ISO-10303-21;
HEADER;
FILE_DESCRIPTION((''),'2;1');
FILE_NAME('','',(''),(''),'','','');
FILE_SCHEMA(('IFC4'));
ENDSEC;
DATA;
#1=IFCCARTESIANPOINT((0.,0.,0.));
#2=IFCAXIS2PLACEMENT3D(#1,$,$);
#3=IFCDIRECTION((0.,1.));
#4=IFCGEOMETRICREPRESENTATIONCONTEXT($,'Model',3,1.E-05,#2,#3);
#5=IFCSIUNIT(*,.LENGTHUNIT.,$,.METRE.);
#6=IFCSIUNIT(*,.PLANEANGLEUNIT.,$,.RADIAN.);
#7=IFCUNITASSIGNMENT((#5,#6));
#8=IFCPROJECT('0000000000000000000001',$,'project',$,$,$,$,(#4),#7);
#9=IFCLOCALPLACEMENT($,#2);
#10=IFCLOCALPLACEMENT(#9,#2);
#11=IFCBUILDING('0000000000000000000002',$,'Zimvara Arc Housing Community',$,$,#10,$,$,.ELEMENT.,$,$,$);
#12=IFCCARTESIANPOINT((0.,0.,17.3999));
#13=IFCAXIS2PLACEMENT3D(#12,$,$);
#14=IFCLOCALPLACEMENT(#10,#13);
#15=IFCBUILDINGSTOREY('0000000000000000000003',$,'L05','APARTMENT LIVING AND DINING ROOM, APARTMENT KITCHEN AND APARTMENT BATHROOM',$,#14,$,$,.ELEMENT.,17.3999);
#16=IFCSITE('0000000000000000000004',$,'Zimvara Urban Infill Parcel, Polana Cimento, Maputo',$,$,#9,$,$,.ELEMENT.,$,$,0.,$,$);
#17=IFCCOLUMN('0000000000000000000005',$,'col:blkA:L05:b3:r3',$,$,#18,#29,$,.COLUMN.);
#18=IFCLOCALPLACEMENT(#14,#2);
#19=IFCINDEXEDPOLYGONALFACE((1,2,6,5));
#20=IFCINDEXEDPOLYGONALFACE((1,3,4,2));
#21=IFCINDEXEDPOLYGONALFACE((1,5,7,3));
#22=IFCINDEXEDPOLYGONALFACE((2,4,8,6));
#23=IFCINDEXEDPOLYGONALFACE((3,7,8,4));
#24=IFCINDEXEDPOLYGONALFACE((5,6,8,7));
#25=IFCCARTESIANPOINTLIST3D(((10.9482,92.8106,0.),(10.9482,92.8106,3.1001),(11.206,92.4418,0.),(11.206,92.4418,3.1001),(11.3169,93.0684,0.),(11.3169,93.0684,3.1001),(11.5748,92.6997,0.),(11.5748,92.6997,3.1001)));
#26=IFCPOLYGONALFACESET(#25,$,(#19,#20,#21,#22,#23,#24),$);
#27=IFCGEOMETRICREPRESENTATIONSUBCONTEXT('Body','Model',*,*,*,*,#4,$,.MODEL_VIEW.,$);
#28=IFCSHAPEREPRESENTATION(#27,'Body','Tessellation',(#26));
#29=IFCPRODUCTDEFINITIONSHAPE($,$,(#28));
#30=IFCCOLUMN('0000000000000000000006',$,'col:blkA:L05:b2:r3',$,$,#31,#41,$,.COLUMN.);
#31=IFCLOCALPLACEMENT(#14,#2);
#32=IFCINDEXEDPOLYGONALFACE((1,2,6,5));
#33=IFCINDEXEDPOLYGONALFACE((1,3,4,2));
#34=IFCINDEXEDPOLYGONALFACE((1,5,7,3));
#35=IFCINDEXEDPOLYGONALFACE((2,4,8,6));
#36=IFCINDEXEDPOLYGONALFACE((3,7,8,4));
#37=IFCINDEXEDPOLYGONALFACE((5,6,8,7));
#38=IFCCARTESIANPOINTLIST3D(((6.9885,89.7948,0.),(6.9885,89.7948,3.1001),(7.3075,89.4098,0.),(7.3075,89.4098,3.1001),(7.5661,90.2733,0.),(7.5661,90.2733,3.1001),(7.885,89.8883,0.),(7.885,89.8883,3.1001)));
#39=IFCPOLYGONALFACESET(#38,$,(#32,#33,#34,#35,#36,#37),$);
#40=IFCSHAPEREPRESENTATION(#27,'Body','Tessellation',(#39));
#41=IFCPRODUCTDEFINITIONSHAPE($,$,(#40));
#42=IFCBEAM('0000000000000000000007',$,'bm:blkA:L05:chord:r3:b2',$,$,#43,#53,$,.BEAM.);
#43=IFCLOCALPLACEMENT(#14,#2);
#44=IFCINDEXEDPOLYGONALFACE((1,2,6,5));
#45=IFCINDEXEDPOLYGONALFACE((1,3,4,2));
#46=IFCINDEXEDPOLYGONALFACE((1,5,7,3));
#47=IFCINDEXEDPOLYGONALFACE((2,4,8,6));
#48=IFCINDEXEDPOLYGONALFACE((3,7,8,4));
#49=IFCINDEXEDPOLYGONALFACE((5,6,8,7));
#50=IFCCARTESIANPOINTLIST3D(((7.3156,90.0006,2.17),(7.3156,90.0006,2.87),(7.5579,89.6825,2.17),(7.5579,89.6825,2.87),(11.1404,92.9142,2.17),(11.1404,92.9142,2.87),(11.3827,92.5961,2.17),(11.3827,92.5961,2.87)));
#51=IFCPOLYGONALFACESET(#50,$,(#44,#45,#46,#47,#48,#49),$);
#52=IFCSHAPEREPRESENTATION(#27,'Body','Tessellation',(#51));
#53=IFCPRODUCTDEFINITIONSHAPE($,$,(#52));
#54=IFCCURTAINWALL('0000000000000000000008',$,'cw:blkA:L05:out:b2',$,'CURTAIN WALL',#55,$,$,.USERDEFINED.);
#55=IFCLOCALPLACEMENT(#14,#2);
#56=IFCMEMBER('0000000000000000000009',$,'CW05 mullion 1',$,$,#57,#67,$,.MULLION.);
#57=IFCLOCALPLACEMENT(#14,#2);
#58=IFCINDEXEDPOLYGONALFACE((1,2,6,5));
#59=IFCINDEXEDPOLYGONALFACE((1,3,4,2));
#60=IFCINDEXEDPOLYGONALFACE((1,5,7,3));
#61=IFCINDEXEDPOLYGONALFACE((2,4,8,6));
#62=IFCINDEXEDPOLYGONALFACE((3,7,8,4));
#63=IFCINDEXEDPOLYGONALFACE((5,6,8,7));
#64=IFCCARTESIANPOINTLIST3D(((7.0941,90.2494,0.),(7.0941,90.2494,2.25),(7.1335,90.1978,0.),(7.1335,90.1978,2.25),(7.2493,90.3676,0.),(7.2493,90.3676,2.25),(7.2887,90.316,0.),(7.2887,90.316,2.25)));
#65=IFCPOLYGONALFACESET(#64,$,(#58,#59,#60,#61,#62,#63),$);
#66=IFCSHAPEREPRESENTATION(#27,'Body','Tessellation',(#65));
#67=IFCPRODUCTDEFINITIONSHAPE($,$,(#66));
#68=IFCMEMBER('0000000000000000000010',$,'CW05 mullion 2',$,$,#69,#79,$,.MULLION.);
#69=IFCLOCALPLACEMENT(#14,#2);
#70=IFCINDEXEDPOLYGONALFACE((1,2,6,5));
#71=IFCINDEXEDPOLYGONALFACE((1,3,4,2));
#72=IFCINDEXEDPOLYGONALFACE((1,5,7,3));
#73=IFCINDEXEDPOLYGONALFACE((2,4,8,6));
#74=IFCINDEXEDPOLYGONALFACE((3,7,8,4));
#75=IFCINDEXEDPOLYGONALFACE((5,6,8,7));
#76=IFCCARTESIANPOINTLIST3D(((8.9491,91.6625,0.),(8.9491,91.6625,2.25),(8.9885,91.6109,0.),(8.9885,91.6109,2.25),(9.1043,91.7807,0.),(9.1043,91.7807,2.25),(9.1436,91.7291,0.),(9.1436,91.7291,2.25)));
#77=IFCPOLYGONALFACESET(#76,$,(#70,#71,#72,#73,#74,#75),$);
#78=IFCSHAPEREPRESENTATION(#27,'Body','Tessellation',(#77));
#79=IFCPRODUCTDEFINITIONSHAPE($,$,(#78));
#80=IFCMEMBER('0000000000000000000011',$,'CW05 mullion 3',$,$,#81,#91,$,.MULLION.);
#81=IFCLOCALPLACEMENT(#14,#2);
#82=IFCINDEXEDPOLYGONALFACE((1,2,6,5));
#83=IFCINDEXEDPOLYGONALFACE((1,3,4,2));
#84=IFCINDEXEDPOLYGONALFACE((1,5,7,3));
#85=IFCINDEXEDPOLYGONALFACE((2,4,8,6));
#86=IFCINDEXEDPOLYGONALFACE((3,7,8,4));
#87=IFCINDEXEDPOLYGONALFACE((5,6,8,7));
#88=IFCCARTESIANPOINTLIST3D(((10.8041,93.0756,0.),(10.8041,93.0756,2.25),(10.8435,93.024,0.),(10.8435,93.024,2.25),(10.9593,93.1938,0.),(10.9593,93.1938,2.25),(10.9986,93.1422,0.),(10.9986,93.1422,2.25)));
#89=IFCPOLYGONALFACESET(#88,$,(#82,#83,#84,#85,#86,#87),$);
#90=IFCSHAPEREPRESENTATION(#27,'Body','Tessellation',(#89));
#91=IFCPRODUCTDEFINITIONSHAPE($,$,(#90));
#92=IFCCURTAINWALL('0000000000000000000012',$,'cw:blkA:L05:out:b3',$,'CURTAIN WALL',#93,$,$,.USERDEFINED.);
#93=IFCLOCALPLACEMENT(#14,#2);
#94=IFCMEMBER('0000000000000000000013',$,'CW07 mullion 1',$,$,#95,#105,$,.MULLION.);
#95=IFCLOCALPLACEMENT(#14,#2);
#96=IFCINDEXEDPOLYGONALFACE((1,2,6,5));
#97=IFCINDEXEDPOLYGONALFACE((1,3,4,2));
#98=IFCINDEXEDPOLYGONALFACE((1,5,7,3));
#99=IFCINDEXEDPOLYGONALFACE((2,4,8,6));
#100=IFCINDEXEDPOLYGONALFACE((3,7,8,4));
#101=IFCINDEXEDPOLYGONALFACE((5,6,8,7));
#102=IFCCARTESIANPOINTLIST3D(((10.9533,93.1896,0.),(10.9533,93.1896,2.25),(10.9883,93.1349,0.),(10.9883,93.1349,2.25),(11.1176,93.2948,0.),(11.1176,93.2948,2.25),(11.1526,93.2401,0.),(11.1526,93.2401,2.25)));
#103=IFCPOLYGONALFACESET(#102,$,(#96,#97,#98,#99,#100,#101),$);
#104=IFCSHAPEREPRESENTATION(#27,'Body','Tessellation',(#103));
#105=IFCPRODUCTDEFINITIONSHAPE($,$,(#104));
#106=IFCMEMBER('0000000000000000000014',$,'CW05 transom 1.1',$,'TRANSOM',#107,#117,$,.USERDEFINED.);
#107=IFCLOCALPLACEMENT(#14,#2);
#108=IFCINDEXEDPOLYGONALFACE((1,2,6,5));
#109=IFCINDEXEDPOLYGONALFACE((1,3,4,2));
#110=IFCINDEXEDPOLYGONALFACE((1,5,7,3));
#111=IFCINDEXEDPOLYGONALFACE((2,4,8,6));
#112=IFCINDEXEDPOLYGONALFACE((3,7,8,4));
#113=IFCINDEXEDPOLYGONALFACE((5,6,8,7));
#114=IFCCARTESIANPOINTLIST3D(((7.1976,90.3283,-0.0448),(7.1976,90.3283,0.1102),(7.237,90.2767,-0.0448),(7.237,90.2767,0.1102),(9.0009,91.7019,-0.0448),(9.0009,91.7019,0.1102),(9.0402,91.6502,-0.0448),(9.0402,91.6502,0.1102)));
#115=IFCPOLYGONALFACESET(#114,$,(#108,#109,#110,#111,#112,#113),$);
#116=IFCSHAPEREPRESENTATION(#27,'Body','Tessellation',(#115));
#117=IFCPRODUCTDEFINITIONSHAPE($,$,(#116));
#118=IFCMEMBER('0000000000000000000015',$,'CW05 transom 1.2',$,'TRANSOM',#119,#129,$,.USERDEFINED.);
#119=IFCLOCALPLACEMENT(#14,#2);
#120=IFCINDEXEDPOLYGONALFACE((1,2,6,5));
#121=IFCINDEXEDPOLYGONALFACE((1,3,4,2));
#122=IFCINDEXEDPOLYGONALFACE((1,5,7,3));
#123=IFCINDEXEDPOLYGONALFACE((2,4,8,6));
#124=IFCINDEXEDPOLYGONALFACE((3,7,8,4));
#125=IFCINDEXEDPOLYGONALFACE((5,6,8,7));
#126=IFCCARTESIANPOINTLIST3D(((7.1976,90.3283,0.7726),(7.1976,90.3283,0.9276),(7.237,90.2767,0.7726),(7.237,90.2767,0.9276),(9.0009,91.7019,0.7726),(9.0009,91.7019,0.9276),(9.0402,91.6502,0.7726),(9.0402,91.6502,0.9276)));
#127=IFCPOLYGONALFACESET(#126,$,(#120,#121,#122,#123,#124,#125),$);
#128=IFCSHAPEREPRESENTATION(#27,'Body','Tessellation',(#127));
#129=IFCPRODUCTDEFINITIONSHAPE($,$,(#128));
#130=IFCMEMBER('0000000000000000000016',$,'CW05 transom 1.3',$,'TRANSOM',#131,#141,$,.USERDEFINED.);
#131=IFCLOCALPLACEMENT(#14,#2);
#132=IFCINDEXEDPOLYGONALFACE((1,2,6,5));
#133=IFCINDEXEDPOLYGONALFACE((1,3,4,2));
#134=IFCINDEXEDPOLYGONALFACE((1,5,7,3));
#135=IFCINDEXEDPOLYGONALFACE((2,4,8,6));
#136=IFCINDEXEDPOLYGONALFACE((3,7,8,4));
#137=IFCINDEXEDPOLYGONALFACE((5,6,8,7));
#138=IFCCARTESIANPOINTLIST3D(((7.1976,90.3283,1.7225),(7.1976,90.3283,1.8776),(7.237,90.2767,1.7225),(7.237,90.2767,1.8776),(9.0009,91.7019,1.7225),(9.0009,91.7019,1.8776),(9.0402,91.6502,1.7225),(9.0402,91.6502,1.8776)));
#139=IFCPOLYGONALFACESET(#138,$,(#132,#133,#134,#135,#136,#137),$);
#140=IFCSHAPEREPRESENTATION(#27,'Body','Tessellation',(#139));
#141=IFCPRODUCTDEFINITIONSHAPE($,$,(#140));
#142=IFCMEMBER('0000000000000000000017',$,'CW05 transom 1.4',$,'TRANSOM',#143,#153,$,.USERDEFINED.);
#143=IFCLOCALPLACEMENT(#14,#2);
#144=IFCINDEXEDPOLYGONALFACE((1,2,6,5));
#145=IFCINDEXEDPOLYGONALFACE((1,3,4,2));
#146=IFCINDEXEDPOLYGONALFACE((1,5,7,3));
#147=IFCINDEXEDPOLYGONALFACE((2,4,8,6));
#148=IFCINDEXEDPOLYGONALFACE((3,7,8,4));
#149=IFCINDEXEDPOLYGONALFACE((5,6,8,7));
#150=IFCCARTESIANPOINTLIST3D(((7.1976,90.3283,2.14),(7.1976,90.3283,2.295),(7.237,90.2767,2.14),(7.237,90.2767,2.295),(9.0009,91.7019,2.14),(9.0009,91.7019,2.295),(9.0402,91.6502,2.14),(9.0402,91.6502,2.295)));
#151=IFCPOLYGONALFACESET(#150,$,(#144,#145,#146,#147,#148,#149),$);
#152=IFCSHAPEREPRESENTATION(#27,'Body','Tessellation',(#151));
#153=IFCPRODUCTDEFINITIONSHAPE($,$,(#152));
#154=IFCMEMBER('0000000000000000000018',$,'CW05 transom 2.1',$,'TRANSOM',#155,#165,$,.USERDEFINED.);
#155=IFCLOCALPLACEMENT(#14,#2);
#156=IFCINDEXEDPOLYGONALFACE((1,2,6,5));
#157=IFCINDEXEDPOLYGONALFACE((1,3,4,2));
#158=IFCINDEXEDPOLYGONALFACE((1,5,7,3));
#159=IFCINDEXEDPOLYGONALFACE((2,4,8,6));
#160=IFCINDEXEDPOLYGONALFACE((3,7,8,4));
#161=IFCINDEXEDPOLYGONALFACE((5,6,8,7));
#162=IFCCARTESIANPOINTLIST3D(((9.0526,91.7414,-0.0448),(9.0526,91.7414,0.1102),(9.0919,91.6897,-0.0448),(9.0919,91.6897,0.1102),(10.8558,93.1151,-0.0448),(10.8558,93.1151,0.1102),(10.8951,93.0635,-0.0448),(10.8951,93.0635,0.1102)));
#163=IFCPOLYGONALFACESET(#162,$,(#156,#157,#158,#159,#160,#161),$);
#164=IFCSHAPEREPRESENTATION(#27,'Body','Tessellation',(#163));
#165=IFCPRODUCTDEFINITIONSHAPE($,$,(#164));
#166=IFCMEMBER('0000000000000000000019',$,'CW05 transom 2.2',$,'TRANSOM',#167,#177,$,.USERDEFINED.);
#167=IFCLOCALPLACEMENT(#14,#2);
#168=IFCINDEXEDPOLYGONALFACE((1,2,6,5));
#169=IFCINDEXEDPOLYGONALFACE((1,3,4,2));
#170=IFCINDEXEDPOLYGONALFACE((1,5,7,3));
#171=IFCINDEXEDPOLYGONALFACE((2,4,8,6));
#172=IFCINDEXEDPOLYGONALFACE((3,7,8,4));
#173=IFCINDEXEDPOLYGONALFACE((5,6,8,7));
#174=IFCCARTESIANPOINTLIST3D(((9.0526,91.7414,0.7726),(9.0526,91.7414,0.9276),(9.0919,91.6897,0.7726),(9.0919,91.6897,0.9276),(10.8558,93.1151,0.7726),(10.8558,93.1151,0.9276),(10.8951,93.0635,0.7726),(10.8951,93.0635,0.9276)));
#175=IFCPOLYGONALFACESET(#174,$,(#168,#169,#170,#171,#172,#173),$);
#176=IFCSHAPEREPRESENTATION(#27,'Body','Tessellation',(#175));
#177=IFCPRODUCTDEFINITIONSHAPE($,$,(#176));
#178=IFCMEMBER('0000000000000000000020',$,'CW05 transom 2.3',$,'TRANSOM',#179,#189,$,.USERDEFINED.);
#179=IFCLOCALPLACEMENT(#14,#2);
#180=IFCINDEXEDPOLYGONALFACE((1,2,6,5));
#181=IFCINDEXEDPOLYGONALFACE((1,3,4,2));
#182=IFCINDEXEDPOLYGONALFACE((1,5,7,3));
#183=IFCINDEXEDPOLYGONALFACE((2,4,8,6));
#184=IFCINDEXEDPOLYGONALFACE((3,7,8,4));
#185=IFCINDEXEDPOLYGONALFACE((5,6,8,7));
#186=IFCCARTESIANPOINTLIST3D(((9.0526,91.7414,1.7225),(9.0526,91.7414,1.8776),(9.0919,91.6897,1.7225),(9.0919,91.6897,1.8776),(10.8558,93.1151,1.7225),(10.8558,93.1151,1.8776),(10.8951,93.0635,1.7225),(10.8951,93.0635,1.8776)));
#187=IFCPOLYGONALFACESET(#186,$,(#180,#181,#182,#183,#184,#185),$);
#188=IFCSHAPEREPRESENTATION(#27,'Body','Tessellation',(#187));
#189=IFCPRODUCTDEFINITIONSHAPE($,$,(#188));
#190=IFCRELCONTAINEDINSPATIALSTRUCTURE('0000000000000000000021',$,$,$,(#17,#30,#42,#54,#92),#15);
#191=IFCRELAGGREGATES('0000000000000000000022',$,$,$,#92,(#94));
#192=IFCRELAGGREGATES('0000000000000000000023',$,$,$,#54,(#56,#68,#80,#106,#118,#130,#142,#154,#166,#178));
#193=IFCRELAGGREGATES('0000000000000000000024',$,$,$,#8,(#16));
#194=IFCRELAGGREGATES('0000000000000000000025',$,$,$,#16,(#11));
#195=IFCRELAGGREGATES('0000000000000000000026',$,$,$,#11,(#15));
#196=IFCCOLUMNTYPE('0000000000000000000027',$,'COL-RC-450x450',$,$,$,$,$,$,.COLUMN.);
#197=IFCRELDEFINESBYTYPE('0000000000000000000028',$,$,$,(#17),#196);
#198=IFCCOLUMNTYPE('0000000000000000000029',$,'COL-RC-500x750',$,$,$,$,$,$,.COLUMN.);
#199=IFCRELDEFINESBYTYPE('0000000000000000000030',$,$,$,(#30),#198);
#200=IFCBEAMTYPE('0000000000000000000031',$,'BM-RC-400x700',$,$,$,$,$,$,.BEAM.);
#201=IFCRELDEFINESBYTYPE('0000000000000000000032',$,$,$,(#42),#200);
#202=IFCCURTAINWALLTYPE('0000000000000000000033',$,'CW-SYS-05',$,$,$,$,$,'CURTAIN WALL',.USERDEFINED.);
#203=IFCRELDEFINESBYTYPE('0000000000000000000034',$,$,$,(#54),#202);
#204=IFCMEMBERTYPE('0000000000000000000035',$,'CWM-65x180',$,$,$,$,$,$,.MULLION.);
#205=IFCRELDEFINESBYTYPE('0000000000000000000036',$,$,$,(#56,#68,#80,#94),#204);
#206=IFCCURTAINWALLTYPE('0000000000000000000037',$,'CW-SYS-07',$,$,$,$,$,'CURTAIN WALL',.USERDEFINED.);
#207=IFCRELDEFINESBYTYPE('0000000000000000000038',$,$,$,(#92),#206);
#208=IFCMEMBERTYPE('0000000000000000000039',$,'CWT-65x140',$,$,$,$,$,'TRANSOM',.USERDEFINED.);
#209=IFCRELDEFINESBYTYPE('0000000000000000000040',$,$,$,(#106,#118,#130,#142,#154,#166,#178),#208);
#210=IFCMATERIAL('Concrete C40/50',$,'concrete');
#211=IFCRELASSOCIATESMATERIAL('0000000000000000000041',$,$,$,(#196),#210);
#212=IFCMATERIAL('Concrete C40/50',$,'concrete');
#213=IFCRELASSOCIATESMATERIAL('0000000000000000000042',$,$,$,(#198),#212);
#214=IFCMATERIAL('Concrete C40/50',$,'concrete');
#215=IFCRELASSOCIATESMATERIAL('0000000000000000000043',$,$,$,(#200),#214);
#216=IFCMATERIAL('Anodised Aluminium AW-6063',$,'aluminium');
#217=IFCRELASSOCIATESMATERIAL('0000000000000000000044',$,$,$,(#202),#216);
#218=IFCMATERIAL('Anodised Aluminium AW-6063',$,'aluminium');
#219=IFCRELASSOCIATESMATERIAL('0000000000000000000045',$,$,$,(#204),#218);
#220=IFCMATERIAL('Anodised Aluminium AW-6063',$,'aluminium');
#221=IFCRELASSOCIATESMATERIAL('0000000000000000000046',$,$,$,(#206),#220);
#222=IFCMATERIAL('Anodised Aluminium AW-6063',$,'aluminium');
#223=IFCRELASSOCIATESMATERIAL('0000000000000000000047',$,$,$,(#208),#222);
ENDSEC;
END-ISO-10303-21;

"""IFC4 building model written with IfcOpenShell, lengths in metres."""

from ifc_helpers import new_model, si_unit, direction, frame, origin, origin_2d, place, context, subcontext, project, spatial, rectangle, extrude, material, material_profile, profile_set, type_object, element, aggregate, save


model = new_model("IFC4")

# Units and contexts
model_context = context("Model", 3, precision=1e-05, world=origin(), true_north=direction((0.0, 1.0)))
body_context = subcontext(model_context, "Body", "Model", "MODEL_VIEW")
ifc_project = project(units=[si_unit("LENGTHUNIT", "METRE"), si_unit("PLANEANGLEUNIT", "RADIAN")], contexts=[model_context])

# Site, building, storey
site_placement = place(None, origin())
site = spatial("IfcSite", under=ifc_project, at=site_placement, Name="Zimvara Urban Infill Parcel, Polana Cimento, Maputo", CompositionType="ELEMENT", RefElevation=0.0)
building_placement = place(site_placement, origin())
building = spatial("IfcBuilding", under=site, at=building_placement, Name="Zimvara Arc Housing Community", CompositionType="ELEMENT")
storey_placement = place(building_placement, frame((0.0, 0.0, 17.3999)))
storey = spatial("IfcBuildingStorey", under=building, at=storey_placement, Name="L05", Description="APARTMENT LIVING AND DINING ROOM, APARTMENT KITCHEN AND APARTMENT BATHROOM", CompositionType="ELEMENT", Elevation=17.3999)

# Columns
ifc_material_1 = material(Name="Concrete C40/50", Category="concrete")
ifc_material_profile_1 = material_profile(ifc_material_1, rectangle(XDim=0.45, YDim=0.45, at=origin_2d()), Name="RC 450x450")
ifc_profile_set_1 = profile_set([ifc_material_profile_1], Name="Concrete C40/50")
column_type_1 = type_object("IfcColumnType", Name="COL-RC-450x450", PredefinedType="COLUMN", material=ifc_profile_set_1)
column_1_placement = place(storey_placement, frame((11.2615, 92.7551, 0.0), z_axis=(0.0, 0.0, 1.0), x_axis=(-0.573004, 0.819552, 0.0)))
element("IfcColumn", 1, at=column_1_placement, inside=storey, type_object=column_type_1, Name="col:blkA:L05:b3:r3", PredefinedType="COLUMN", context=body_context, shape_type="SweptSolid", body=[
    extrude(rectangle(XDim=0.45, YDim=0.45, at=origin_2d()), origin(), (0.0, 0.0, 1.0), 3.1001),
])
ifc_material_2 = material(Name="Concrete C40/50", Category="concrete")
ifc_material_profile_2 = material_profile(ifc_material_2, rectangle(XDim=0.5, YDim=0.75, at=origin_2d()), Name="RC 500x750")
ifc_profile_set_2 = profile_set([ifc_material_profile_2], Name="Concrete C40/50")
column_type_2 = type_object("IfcColumnType", Name="COL-RC-500x750", PredefinedType="COLUMN", material=ifc_profile_set_2)
column_2_placement = place(storey_placement, frame((7.4368, 89.8416, 0.0), z_axis=(0.0, 0.0, 1.0), x_axis=(-0.637962, 0.770068, 0.0)))
element("IfcColumn", 2, at=column_2_placement, inside=storey, type_object=column_type_2, Name="col:blkA:L05:b2:r3", PredefinedType="COLUMN", context=body_context, shape_type="SweptSolid", body=[
    extrude(rectangle(XDim=0.5, YDim=0.75, at=origin_2d()), origin(), (0.0, 0.0, 1.0), 3.1001),
])

# Beam
ifc_material_3 = material(Name="Concrete C40/50", Category="concrete")
ifc_material_profile_3 = material_profile(ifc_material_3, rectangle(XDim=0.3999, YDim=0.7, at=origin_2d()), Name="RC 400x700")
ifc_profile_set_3 = profile_set([ifc_material_profile_3], Name="Concrete C40/50")
beam_type = type_object("IfcBeamType", Name="BM-RC-400x700", PredefinedType="BEAM", material=ifc_profile_set_3)
beam_placement = place(storey_placement, frame((7.4368, 89.8416, 2.52), z_axis=(0.795481, 0.605979, 0.0), x_axis=(-0.605979, 0.795481, 0.0)))
element("IfcBeam", 3, at=beam_placement, inside=storey, type_object=beam_type, Name="bm:blkA:L05:chord:r3:b2", PredefinedType="BEAM", context=body_context, shape_type="SweptSolid", body=[
    extrude(rectangle(XDim=0.3999, YDim=0.7, at=origin_2d()), origin(), (0.0, 0.0, 1.0), 4.8081),
])

# Curtain wall, members
ifc_material_4 = material(Name="Anodised Aluminium AW-6063", Category="aluminium")
curtain_wall_type_1 = type_object("IfcCurtainWallType", Name="CW-SYS-05", ElementType="CURTAIN WALL", PredefinedType="USERDEFINED", material=ifc_material_4)
curtain_wall_1_placement = place(storey_placement, origin())
curtain_wall_1 = element("IfcCurtainWall", 4, at=curtain_wall_1_placement, inside=storey, type_object=curtain_wall_type_1, Name="cw:blkA:L05:out:b2", ObjectType="CURTAIN WALL", PredefinedType="USERDEFINED")
ifc_material_5 = material(Name="Anodised Aluminium AW-6063", Category="aluminium")
ifc_material_profile_4 = material_profile(ifc_material_5, rectangle(XDim=0.0649, YDim=0.1951, at=origin_2d()), Name="ALU 65x195")
ifc_profile_set_4 = profile_set([ifc_material_profile_4], Name="Anodised Aluminium AW-6063")
member_type_1 = type_object("IfcMemberType", Name="CWM-65x180", PredefinedType="MULLION", material=ifc_profile_set_4)
member_1_placement = place(storey_placement, frame((7.1914, 90.2827, 0.0), z_axis=(0.0, 0.0, 1.0), x_axis=(-0.605988, 0.795474, 0.0)))
member_1 = element("IfcMember", 5, at=member_1_placement, type_object=member_type_1, Name="CW05 mullion 1", PredefinedType="MULLION", context=body_context, shape_type="SweptSolid", body=[
    extrude(rectangle(XDim=0.0649, YDim=0.1951, at=origin_2d()), origin(), (0.0, 0.0, 1.0), 2.25),
])
member_2_placement = place(storey_placement, frame((9.0464, 91.6958, 0.0), z_axis=(0.0, 0.0, 1.0), x_axis=(-0.605988, 0.795474, 0.0)))
member_2 = element("IfcMember", 6, at=member_2_placement, type_object=member_type_1, Name="CW05 mullion 2", PredefinedType="MULLION", context=body_context, shape_type="SweptSolid", body=[
    extrude(rectangle(XDim=0.0649, YDim=0.1951, at=origin_2d()), origin(), (0.0, 0.0, 1.0), 2.25),
])
member_3_placement = place(storey_placement, frame((10.9014, 93.1089, 0.0), z_axis=(0.0, 0.0, 1.0), x_axis=(-0.605988, 0.795474, 0.0)))
member_3 = element("IfcMember", 7, at=member_3_placement, type_object=member_type_1, Name="CW05 mullion 3", PredefinedType="MULLION", context=body_context, shape_type="SweptSolid", body=[
    extrude(rectangle(XDim=0.0649, YDim=0.1951, at=origin_2d()), origin(), (0.0, 0.0, 1.0), 2.25),
])

# Curtain wall, member
ifc_material_6 = material(Name="Anodised Aluminium AW-6063", Category="aluminium")
curtain_wall_type_2 = type_object("IfcCurtainWallType", Name="CW-SYS-07", ElementType="CURTAIN WALL", PredefinedType="USERDEFINED", material=ifc_material_6)
curtain_wall_2_placement = place(storey_placement, origin())
curtain_wall_2 = element("IfcCurtainWall", 8, at=curtain_wall_2_placement, inside=storey, type_object=curtain_wall_type_2, Name="cw:blkA:L05:out:b3", ObjectType="CURTAIN WALL", PredefinedType="USERDEFINED")
member_4_placement = place(storey_placement, frame((11.053, 93.2148, 0.0), z_axis=(0.0, 0.0, 1.0), x_axis=(-0.539065, 0.842264, 0.0)))
member_4 = element("IfcMember", 9, at=member_4_placement, type_object=member_type_1, Name="CW07 mullion 1", PredefinedType="MULLION", context=body_context, shape_type="SweptSolid", body=[
    extrude(rectangle(XDim=0.0649, YDim=0.1951, at=origin_2d()), origin(), (0.0, 0.0, 1.0), 2.25),
])

# Members
ifc_material_7 = material(Name="Anodised Aluminium AW-6063", Category="aluminium")
ifc_material_profile_5 = material_profile(ifc_material_7, rectangle(XDim=0.0649, YDim=0.155, at=origin_2d()), Name="ALU 65x155")
ifc_profile_set_5 = profile_set([ifc_material_profile_5], Name="Anodised Aluminium AW-6063")
member_type_2 = type_object("IfcMemberType", Name="CWT-65x140", ElementType="TRANSOM", PredefinedType="USERDEFINED", material=ifc_profile_set_5)
member_5_placement = place(storey_placement, frame((7.2173, 90.3025, 0.0327), z_axis=(0.795506, 0.605946, 0.0), x_axis=(-0.605946, 0.795506, 0.0)))
member_5 = element("IfcMember", 10, at=member_5_placement, type_object=member_type_2, Name="CW05 transom 1.1", ObjectType="TRANSOM", PredefinedType="USERDEFINED", context=body_context, shape_type="SweptSolid", body=[
    extrude(rectangle(XDim=0.0649, YDim=0.155, at=origin_2d()), origin(), (0.0, 0.0, 1.0), 2.2668),
])
member_6_placement = place(storey_placement, frame((7.2173, 90.3025, 0.8501), z_axis=(0.795506, 0.605946, 0.0), x_axis=(-0.605946, 0.795506, 0.0)))
member_6 = element("IfcMember", 11, at=member_6_placement, type_object=member_type_2, Name="CW05 transom 1.2", ObjectType="TRANSOM", PredefinedType="USERDEFINED", context=body_context, shape_type="SweptSolid", body=[
    extrude(rectangle(XDim=0.0649, YDim=0.155, at=origin_2d()), origin(), (0.0, 0.0, 1.0), 2.2668),
])
member_7_placement = place(storey_placement, frame((7.2173, 90.3025, 1.8), z_axis=(0.795506, 0.605946, 0.0), x_axis=(-0.605946, 0.795506, 0.0)))
member_7 = element("IfcMember", 12, at=member_7_placement, type_object=member_type_2, Name="CW05 transom 1.3", ObjectType="TRANSOM", PredefinedType="USERDEFINED", context=body_context, shape_type="SweptSolid", body=[
    extrude(rectangle(XDim=0.0649, YDim=0.155, at=origin_2d()), origin(), (0.0, 0.0, 1.0), 2.2668),
])
member_8_placement = place(storey_placement, frame((7.2173, 90.3025, 2.2175), z_axis=(0.795506, 0.605946, 0.0), x_axis=(-0.605946, 0.795506, 0.0)))
member_8 = element("IfcMember", 13, at=member_8_placement, type_object=member_type_2, Name="CW05 transom 1.4", ObjectType="TRANSOM", PredefinedType="USERDEFINED", context=body_context, shape_type="SweptSolid", body=[
    extrude(rectangle(XDim=0.0649, YDim=0.155, at=origin_2d()), origin(), (0.0, 0.0, 1.0), 2.2668),
])
member_9_placement = place(storey_placement, frame((9.0723, 91.7156, 0.0327), z_axis=(0.795454, 0.606014, 0.0), x_axis=(-0.606014, 0.795454, 0.0)))
member_9 = element("IfcMember", 14, at=member_9_placement, type_object=member_type_2, Name="CW05 transom 2.1", ObjectType="TRANSOM", PredefinedType="USERDEFINED", context=body_context, shape_type="SweptSolid", body=[
    extrude(rectangle(XDim=0.0649, YDim=0.155, at=origin_2d()), origin(), (0.0, 0.0, 1.0), 2.2668),
])
member_10_placement = place(storey_placement, frame((9.0723, 91.7156, 0.8501), z_axis=(0.795454, 0.606014, 0.0), x_axis=(-0.606014, 0.795454, 0.0)))
member_10 = element("IfcMember", 15, at=member_10_placement, type_object=member_type_2, Name="CW05 transom 2.2", ObjectType="TRANSOM", PredefinedType="USERDEFINED", context=body_context, shape_type="SweptSolid", body=[
    extrude(rectangle(XDim=0.0649, YDim=0.155, at=origin_2d()), origin(), (0.0, 0.0, 1.0), 2.2668),
])
member_11_placement = place(storey_placement, frame((9.0723, 91.7156, 1.8), z_axis=(0.795454, 0.606014, 0.0), x_axis=(-0.606014, 0.795454, 0.0)))
member_11 = element("IfcMember", 16, at=member_11_placement, type_object=member_type_2, Name="CW05 transom 2.3", ObjectType="TRANSOM", PredefinedType="USERDEFINED", context=body_context, shape_type="SweptSolid", body=[
    extrude(rectangle(XDim=0.0649, YDim=0.155, at=origin_2d()), origin(), (0.0, 0.0, 1.0), 2.2668),
])
aggregate(curtain_wall_2, [member_4])

aggregate(curtain_wall_1, [member_1, member_2, member_3, member_5, member_6, member_7, member_8, member_9, member_10, member_11])

save(model, "model.ifc")
